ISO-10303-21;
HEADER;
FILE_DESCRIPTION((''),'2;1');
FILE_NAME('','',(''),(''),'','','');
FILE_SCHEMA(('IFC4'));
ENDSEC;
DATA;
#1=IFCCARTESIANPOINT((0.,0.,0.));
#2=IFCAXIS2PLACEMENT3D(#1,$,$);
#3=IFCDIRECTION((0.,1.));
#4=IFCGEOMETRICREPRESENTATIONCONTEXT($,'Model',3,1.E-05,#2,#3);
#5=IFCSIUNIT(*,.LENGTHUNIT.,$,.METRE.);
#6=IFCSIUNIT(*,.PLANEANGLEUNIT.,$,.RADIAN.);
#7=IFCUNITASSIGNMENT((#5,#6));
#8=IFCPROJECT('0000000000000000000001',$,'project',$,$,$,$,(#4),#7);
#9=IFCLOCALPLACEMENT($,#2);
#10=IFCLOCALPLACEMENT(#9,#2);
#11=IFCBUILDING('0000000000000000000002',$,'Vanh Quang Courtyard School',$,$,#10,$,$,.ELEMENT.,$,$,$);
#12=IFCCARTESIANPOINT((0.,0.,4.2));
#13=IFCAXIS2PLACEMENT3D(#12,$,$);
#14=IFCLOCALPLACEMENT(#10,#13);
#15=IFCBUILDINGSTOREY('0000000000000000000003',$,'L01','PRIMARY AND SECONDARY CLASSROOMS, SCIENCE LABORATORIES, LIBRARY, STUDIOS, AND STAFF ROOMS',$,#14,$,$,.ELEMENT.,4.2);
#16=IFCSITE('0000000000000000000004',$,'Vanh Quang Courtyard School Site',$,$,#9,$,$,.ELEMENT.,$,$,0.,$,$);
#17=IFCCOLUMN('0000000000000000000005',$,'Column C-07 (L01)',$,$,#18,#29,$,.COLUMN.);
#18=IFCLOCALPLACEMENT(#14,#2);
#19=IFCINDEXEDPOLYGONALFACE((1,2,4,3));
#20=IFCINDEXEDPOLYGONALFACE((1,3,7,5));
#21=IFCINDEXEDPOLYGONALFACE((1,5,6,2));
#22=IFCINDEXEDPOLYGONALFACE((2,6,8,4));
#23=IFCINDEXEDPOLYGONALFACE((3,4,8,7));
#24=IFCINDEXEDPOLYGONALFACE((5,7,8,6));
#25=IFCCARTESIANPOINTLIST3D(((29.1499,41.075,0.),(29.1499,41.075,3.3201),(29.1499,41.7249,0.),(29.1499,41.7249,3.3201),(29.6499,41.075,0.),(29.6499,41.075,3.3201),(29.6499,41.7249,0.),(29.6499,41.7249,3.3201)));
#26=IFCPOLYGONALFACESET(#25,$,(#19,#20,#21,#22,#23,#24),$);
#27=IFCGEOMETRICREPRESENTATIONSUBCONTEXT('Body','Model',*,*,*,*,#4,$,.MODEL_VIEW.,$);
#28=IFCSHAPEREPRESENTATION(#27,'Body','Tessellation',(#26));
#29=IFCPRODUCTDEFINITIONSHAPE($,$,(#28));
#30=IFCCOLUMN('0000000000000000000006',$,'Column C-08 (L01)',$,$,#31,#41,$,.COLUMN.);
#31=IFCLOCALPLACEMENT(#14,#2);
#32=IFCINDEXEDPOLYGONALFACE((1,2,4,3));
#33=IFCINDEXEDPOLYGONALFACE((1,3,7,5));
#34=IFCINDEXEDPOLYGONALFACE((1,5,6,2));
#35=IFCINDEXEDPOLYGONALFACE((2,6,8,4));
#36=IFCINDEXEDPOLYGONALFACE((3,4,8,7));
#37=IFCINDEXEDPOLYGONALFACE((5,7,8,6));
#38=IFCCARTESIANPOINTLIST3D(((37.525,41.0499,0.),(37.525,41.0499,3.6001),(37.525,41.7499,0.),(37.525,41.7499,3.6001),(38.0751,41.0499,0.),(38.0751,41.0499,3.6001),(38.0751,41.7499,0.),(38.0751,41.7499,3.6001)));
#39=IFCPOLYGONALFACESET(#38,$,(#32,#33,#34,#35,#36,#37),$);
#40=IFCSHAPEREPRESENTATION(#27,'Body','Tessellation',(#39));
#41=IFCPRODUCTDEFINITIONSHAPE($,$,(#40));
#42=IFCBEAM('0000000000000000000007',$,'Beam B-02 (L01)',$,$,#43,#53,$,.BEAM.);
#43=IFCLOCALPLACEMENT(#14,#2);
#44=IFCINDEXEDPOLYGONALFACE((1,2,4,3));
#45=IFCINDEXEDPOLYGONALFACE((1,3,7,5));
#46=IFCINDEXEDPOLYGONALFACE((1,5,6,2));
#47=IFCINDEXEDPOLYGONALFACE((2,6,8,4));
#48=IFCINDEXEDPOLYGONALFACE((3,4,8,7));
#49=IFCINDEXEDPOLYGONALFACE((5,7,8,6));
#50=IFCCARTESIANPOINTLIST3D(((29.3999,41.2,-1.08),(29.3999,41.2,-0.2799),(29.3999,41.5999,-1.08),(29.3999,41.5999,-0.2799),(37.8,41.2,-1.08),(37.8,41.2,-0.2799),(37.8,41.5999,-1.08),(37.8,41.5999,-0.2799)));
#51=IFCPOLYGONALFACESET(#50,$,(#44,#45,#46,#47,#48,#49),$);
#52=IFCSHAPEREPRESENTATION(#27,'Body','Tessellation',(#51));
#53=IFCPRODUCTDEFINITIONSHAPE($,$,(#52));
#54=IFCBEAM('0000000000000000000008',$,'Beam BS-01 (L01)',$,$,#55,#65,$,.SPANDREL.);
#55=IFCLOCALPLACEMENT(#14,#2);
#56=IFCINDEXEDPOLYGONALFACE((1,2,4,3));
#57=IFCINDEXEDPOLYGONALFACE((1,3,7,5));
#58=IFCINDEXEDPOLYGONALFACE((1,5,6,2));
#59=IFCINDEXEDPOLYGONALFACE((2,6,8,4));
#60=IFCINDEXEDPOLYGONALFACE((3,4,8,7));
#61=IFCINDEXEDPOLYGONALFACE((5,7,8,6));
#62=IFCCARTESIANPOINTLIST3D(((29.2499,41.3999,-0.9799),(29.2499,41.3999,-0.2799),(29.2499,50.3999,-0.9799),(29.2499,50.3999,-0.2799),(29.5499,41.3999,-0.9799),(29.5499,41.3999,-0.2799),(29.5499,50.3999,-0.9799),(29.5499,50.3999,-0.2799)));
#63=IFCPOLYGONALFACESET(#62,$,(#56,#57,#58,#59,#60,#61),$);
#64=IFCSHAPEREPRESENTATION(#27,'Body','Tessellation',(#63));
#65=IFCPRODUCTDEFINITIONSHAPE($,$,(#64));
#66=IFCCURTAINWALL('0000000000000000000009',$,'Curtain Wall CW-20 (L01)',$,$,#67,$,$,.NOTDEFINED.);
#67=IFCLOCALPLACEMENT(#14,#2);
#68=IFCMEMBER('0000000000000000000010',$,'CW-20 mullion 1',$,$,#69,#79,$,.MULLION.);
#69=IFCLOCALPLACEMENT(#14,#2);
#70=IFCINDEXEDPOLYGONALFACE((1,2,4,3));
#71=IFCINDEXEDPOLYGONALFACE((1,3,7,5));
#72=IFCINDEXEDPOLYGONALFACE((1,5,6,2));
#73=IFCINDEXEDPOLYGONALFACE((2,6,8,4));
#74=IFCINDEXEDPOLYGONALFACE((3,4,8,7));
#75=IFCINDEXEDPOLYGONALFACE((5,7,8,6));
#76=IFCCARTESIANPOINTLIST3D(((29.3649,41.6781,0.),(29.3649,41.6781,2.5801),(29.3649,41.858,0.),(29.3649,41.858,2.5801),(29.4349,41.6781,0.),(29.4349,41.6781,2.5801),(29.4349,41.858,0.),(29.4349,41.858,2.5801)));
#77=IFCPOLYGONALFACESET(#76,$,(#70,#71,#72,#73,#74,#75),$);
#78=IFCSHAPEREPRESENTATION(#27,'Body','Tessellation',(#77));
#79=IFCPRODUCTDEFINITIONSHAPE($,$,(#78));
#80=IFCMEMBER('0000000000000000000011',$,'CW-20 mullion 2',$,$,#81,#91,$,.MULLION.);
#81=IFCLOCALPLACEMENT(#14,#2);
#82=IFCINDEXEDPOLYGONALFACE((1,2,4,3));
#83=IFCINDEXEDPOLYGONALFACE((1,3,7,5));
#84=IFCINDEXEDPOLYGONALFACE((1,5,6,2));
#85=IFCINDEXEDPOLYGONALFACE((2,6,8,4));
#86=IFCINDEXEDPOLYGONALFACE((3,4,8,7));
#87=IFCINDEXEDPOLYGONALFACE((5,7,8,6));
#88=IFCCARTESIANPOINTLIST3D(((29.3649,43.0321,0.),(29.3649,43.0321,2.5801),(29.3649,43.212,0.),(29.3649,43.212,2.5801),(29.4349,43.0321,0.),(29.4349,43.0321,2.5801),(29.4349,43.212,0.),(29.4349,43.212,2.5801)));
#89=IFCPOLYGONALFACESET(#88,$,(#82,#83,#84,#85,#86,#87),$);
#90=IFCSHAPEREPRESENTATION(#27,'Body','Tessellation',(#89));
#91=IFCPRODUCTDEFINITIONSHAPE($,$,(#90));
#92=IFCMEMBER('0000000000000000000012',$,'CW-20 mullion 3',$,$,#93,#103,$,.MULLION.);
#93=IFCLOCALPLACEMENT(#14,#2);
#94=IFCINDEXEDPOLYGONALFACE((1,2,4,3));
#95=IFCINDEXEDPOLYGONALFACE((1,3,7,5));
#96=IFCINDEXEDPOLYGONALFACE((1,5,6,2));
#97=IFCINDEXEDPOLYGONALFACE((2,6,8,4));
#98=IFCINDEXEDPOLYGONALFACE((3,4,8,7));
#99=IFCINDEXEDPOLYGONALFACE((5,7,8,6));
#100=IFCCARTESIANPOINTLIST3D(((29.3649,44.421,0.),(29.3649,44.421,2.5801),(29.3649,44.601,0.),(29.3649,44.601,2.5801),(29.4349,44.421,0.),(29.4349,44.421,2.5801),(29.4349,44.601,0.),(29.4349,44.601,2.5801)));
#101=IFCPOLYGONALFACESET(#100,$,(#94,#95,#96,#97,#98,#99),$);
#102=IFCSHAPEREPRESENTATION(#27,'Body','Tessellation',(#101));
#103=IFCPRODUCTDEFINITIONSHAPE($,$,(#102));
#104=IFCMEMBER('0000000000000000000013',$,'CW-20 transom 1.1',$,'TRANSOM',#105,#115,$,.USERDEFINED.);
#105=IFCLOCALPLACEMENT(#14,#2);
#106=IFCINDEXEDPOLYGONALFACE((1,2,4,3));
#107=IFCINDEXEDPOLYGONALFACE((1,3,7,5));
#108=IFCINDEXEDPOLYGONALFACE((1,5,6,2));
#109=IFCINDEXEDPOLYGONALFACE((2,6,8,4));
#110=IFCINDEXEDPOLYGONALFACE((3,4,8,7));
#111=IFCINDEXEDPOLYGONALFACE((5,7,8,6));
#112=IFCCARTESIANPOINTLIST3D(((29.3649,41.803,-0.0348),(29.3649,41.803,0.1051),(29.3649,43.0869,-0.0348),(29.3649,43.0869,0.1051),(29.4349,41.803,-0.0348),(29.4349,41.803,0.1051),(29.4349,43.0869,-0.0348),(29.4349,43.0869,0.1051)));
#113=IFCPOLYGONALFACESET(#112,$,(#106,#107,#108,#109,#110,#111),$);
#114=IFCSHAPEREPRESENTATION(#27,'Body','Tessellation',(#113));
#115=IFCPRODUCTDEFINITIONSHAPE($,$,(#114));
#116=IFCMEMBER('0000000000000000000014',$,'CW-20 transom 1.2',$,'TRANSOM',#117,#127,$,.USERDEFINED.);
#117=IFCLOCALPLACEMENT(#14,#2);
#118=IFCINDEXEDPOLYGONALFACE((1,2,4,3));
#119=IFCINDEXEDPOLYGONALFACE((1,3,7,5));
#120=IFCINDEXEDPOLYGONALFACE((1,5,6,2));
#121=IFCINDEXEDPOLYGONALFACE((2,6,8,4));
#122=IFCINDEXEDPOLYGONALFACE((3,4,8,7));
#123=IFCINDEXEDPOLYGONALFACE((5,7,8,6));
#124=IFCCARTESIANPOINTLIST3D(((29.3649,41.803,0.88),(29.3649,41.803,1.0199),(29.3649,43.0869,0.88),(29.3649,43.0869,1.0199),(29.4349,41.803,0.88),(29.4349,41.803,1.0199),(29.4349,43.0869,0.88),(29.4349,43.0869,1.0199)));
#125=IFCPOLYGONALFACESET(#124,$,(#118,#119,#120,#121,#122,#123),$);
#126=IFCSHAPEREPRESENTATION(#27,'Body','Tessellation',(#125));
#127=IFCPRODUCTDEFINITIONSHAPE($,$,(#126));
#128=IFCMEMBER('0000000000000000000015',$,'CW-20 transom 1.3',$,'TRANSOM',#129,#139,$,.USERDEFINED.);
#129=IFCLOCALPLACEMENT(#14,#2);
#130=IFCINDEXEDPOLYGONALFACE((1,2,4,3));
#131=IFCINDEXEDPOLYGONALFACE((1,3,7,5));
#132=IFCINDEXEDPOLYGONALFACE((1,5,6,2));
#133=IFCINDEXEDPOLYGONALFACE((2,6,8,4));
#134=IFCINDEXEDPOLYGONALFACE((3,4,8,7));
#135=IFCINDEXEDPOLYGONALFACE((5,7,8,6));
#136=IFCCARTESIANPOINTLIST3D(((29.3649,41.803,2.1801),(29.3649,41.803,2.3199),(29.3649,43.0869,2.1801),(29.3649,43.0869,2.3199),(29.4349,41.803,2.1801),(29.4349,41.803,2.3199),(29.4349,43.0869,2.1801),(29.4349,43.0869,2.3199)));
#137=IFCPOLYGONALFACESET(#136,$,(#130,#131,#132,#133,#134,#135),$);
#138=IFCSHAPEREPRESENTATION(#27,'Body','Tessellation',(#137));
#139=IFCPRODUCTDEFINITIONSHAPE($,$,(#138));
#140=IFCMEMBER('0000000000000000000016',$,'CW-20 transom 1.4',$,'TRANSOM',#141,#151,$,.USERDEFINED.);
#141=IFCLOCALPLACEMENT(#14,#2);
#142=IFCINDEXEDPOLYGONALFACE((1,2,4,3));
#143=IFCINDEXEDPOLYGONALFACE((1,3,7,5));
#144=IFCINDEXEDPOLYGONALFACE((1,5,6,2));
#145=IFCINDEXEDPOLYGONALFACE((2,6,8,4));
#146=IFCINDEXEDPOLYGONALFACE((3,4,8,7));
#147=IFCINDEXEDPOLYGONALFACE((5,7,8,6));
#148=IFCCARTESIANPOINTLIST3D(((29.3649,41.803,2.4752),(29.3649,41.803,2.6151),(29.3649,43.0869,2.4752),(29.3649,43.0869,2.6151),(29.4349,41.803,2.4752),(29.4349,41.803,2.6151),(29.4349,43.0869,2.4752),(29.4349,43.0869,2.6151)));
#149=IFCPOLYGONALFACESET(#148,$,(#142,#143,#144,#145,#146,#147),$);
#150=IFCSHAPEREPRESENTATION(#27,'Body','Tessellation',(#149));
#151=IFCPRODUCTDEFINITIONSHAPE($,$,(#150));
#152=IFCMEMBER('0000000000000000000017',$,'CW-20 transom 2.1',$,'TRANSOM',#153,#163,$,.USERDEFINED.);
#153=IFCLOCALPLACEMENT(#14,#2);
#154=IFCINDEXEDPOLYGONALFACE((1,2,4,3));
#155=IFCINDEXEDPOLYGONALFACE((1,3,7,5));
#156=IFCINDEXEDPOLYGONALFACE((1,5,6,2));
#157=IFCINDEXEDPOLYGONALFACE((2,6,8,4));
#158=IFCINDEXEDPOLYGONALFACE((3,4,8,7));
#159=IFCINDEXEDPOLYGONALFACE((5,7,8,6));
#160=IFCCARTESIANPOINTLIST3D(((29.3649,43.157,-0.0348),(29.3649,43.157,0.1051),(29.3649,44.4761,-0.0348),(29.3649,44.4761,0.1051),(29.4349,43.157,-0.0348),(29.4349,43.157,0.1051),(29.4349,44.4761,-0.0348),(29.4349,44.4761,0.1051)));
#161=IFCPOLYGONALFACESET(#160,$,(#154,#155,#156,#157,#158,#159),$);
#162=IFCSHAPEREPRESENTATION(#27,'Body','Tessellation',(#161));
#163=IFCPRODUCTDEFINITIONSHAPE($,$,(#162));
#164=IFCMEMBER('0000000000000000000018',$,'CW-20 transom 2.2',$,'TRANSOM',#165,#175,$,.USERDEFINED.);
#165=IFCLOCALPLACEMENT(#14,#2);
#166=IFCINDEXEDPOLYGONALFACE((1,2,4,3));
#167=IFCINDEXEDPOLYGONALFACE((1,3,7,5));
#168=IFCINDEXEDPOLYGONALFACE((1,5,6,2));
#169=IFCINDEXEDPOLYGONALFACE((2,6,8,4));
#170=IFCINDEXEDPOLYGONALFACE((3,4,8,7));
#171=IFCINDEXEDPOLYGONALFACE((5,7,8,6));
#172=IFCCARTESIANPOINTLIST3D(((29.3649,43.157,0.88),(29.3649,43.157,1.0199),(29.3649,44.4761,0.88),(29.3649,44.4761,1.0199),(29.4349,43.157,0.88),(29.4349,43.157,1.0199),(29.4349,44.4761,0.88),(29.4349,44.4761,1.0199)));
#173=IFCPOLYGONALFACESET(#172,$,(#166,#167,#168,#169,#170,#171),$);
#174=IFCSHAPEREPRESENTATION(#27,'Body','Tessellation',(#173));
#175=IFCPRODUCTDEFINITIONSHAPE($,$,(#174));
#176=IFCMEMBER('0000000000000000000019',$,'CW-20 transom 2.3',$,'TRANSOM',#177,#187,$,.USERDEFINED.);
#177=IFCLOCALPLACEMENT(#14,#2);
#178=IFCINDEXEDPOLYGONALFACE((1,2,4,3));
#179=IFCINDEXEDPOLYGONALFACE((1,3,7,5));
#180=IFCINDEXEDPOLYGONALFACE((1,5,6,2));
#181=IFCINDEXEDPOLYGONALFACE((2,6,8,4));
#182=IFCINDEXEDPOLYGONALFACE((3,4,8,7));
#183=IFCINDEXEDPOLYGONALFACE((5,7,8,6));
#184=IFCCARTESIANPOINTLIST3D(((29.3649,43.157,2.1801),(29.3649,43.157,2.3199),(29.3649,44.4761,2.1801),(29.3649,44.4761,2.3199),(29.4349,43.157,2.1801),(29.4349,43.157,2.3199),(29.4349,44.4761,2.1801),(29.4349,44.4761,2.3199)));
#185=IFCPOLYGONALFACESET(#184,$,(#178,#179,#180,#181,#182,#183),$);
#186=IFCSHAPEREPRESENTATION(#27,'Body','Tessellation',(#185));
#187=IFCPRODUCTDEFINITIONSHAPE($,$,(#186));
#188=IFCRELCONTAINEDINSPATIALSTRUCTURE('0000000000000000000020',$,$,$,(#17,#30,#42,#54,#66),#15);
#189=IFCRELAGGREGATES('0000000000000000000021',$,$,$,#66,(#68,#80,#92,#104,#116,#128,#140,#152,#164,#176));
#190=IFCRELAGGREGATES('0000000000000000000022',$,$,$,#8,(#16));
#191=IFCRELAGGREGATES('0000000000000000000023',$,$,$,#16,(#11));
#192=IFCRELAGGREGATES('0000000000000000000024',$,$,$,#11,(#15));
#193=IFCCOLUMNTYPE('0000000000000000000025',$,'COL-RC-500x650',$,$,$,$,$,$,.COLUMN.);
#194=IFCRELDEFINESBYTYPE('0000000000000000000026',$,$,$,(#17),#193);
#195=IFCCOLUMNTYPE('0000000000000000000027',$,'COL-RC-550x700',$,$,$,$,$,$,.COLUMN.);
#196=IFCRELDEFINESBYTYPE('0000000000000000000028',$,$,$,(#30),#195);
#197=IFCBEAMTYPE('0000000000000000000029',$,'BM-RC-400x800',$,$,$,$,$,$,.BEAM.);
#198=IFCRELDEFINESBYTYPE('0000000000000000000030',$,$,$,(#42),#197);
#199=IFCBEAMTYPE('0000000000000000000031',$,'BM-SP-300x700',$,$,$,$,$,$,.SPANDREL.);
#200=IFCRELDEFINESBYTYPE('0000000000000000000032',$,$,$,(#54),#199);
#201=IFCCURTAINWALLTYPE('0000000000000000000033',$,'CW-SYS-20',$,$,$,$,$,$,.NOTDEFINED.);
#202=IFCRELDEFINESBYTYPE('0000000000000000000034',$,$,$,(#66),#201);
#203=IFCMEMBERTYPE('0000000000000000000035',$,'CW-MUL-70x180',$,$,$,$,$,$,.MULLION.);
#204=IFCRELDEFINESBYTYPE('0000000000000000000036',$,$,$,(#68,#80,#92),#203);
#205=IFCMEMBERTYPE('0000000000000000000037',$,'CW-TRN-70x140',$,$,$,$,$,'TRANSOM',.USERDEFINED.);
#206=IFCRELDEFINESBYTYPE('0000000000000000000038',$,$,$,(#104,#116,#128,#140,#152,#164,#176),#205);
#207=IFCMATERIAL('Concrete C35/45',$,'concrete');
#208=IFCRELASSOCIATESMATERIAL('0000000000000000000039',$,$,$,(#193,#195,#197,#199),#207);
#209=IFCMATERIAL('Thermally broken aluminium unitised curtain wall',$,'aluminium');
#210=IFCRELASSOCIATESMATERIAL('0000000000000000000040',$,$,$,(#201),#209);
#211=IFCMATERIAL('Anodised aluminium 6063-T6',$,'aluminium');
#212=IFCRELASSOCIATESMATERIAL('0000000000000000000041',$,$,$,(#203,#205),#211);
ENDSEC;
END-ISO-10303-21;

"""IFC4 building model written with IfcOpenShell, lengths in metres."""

from ifc_helpers import new_model, si_unit, direction, frame, origin, origin_2d, place, context, subcontext, project, spatial, rectangle, extrude, material, material_profile, profile_set, type_object, element, aggregate, save


model = new_model("IFC4")

# Units and contexts
model_context = context("Model", 3, precision=1e-05, world=origin(), true_north=direction((0.0, 1.0)))
body_context = subcontext(model_context, "Body", "Model", "MODEL_VIEW")
ifc_project = project(units=[si_unit("LENGTHUNIT", "METRE"), si_unit("PLANEANGLEUNIT", "RADIAN")], contexts=[model_context])

# Site, building, storey
site_placement = place(None, origin())
site = spatial("IfcSite", under=ifc_project, at=site_placement, Name="Vanh Quang Courtyard School Site", CompositionType="ELEMENT", RefElevation=0.0)
building_placement = place(site_placement, origin())
building = spatial("IfcBuilding", under=site, at=building_placement, Name="Vanh Quang Courtyard School", CompositionType="ELEMENT")
storey_placement = place(building_placement, frame((0.0, 0.0, 4.2)))
storey = spatial("IfcBuildingStorey", under=building, at=storey_placement, Name="L01", Description="PRIMARY AND SECONDARY CLASSROOMS, SCIENCE LABORATORIES, LIBRARY, STUDIOS, AND STAFF ROOMS", CompositionType="ELEMENT", Elevation=4.2)

# Columns
ifc_material_1 = material(Name="Concrete C35/45", Category="concrete")
ifc_material_profile_1 = material_profile(ifc_material_1, rectangle(XDim=0.5, YDim=0.6499, at=origin_2d()), Name="RC-COL 500x650")
ifc_profile_set_1 = profile_set([ifc_material_profile_1], Name="Concrete C35/45")
column_type_1 = type_object("IfcColumnType", Name="COL-RC-500x650", PredefinedType="COLUMN", material=ifc_profile_set_1)
column_1_placement = place(storey_placement, frame((29.3999, 41.3999, 0.0), z_axis=(0.0, 0.0, 1.0), x_axis=(1.0, 0.0, 0.0)))
element("IfcColumn", 1, at=column_1_placement, inside=storey, type_object=column_type_1, Name="Column C-07 (L01)", PredefinedType="COLUMN", context=body_context, shape_type="SweptSolid", body=[
    extrude(rectangle(XDim=0.5, YDim=0.6499, at=origin_2d()), origin(), (0.0, 0.0, 1.0), 3.3201),
])
ifc_material_profile_2 = material_profile(ifc_material_1, rectangle(XDim=0.55, YDim=0.7, at=origin_2d()), Name="RC-COL 550x700")
ifc_profile_set_2 = profile_set([ifc_material_profile_2], Name="Concrete C35/45")
column_type_2 = type_object("IfcColumnType", Name="COL-RC-550x700", PredefinedType="COLUMN", material=ifc_profile_set_2)
column_2_placement = place(storey_placement, frame((37.8, 41.3999, 0.0), z_axis=(0.0, 0.0, 1.0), x_axis=(1.0, 0.0, 0.0)))
element("IfcColumn", 2, at=column_2_placement, inside=storey, type_object=column_type_2, Name="Column C-08 (L01)", PredefinedType="COLUMN", context=body_context, shape_type="SweptSolid", body=[
    extrude(rectangle(XDim=0.55, YDim=0.7, at=origin_2d()), origin(), (0.0, 0.0, 1.0), 3.6001),
])

# Beams
ifc_material_profile_3 = material_profile(ifc_material_1, rectangle(XDim=0.3999, YDim=0.8, at=origin_2d()), Name="RC-BM 400x800")
ifc_profile_set_3 = profile_set([ifc_material_profile_3], Name="Concrete C35/45")
beam_type_1 = type_object("IfcBeamType", Name="BM-RC-400x800", PredefinedType="BEAM", material=ifc_profile_set_3)
beam_1_placement = place(storey_placement, frame((29.3999, 41.3999, -0.6799), z_axis=(1.0, 0.0, 0.0), x_axis=(0.0, 1.0, 0.0)))
element("IfcBeam", 3, at=beam_1_placement, inside=storey, type_object=beam_type_1, Name="Beam B-02 (L01)", PredefinedType="BEAM", context=body_context, shape_type="SweptSolid", body=[
    extrude(rectangle(XDim=0.3999, YDim=0.8, at=origin_2d()), origin(), (0.0, 0.0, 1.0), 8.4001),
])
ifc_material_profile_4 = material_profile(ifc_material_1, rectangle(XDim=0.3, YDim=0.7, at=origin_2d()), Name="RC-SP 300x700")
ifc_profile_set_4 = profile_set([ifc_material_profile_4], Name="Concrete C35/45")
beam_type_2 = type_object("IfcBeamType", Name="BM-SP-300x700", PredefinedType="SPANDREL", material=ifc_profile_set_4)
beam_2_placement = place(storey_placement, frame((29.3999, 41.3999, -0.6299), z_axis=(0.0, 1.0, 0.0), x_axis=(-1.0, 0.0, 0.0)))
element("IfcBeam", 4, at=beam_2_placement, inside=storey, type_object=beam_type_2, Name="Beam BS-01 (L01)", PredefinedType="SPANDREL", context=body_context, shape_type="SweptSolid", body=[
    extrude(rectangle(XDim=0.3, YDim=0.7, at=origin_2d()), origin(), (0.0, 0.0, 1.0), 9.0),
])

# Curtain wall, members
ifc_material_2 = material(Name="Thermally broken aluminium unitised curtain wall", Category="aluminium")
curtain_wall_type = type_object("IfcCurtainWallType", Name="CW-SYS-20", PredefinedType="NOTDEFINED", material=ifc_material_2)
curtain_wall_placement = place(storey_placement, origin())
curtain_wall = element("IfcCurtainWall", 5, at=curtain_wall_placement, inside=storey, type_object=curtain_wall_type, Name="Curtain Wall CW-20 (L01)", PredefinedType="NOTDEFINED")
ifc_material_3 = material(Name="Anodised aluminium 6063-T6", Category="aluminium")
ifc_material_profile_5 = material_profile(ifc_material_3, rectangle(XDim=0.0701, YDim=0.1799, at=origin_2d()), Name="ALU-MUL 70x180")
ifc_profile_set_5 = profile_set([ifc_material_profile_5], Name="Anodised aluminium 6063-T6")
member_type_1 = type_object("IfcMemberType", Name="CW-MUL-70x180", PredefinedType="MULLION", material=ifc_profile_set_5)
member_1_placement = place(storey_placement, frame((29.3999, 41.7681, 0.0), z_axis=(0.0, 0.0, 1.0), x_axis=(-1.0, 0.0, 0.0)))
member_1 = element("IfcMember", 6, at=member_1_placement, type_object=member_type_1, Name="CW-20 mullion 1", PredefinedType="MULLION", context=body_context, shape_type="SweptSolid", body=[
    extrude(rectangle(XDim=0.0701, YDim=0.1799, at=origin_2d()), origin(), (0.0, 0.0, 1.0), 2.5801),
])
member_2_placement = place(storey_placement, frame((29.3999, 43.1221, 0.0), z_axis=(0.0, 0.0, 1.0), x_axis=(-1.0, 0.0, 0.0)))
member_2 = element("IfcMember", 7, at=member_2_placement, type_object=member_type_1, Name="CW-20 mullion 2", PredefinedType="MULLION", context=body_context, shape_type="SweptSolid", body=[
    extrude(rectangle(XDim=0.0701, YDim=0.1799, at=origin_2d()), origin(), (0.0, 0.0, 1.0), 2.5801),
])
member_3_placement = place(storey_placement, frame((29.3999, 44.511, 0.0), z_axis=(0.0, 0.0, 1.0), x_axis=(-1.0, 0.0, 0.0)))
member_3 = element("IfcMember", 8, at=member_3_placement, type_object=member_type_1, Name="CW-20 mullion 3", PredefinedType="MULLION", context=body_context, shape_type="SweptSolid", body=[
    extrude(rectangle(XDim=0.0701, YDim=0.1799, at=origin_2d()), origin(), (0.0, 0.0, 1.0), 2.5801),
])
ifc_material_profile_6 = material_profile(ifc_material_3, rectangle(XDim=0.0701, YDim=0.1399, at=origin_2d()), Name="ALU-TRN 70x140")
ifc_profile_set_6 = profile_set([ifc_material_profile_6], Name="Anodised aluminium 6063-T6")
member_type_2 = type_object("IfcMemberType", Name="CW-TRN-70x140", ElementType="TRANSOM", PredefinedType="USERDEFINED", material=ifc_profile_set_6)
member_4_placement = place(storey_placement, frame((29.3999, 41.803, 0.0352), z_axis=(0.0, 1.0, 0.0), x_axis=(-1.0, 0.0, 0.0)))
member_4 = element("IfcMember", 9, at=member_4_placement, type_object=member_type_2, Name="CW-20 transom 1.1", ObjectType="TRANSOM", PredefinedType="USERDEFINED", context=body_context, shape_type="SweptSolid", body=[
    extrude(rectangle(XDim=0.0701, YDim=0.1399, at=origin_2d()), origin(), (0.0, 0.0, 1.0), 1.2839),
])
member_5_placement = place(storey_placement, frame((29.3999, 41.803, 0.95), z_axis=(0.0, 1.0, 0.0), x_axis=(-1.0, 0.0, 0.0)))
member_5 = element("IfcMember", 10, at=member_5_placement, type_object=member_type_2, Name="CW-20 transom 1.2", ObjectType="TRANSOM", PredefinedType="USERDEFINED", context=body_context, shape_type="SweptSolid", body=[
    extrude(rectangle(XDim=0.0701, YDim=0.1399, at=origin_2d()), origin(), (0.0, 0.0, 1.0), 1.2839),
])
member_6_placement = place(storey_placement, frame((29.3999, 41.803, 2.25), z_axis=(0.0, 1.0, 0.0), x_axis=(-1.0, 0.0, 0.0)))
member_6 = element("IfcMember", 11, at=member_6_placement, type_object=member_type_2, Name="CW-20 transom 1.3", ObjectType="TRANSOM", PredefinedType="USERDEFINED", context=body_context, shape_type="SweptSolid", body=[
    extrude(rectangle(XDim=0.0701, YDim=0.1399, at=origin_2d()), origin(), (0.0, 0.0, 1.0), 1.2839),
])
member_7_placement = place(storey_placement, frame((29.3999, 41.803, 2.5452), z_axis=(0.0, 1.0, 0.0), x_axis=(-1.0, 0.0, 0.0)))
member_7 = element("IfcMember", 12, at=member_7_placement, type_object=member_type_2, Name="CW-20 transom 1.4", ObjectType="TRANSOM", PredefinedType="USERDEFINED", context=body_context, shape_type="SweptSolid", body=[
    extrude(rectangle(XDim=0.0701, YDim=0.1399, at=origin_2d()), origin(), (0.0, 0.0, 1.0), 1.2839),
])
member_8_placement = place(storey_placement, frame((29.3999, 43.157, 0.0352), z_axis=(0.0, 1.0, 0.0), x_axis=(-1.0, 0.0, 0.0)))
member_8 = element("IfcMember", 13, at=member_8_placement, type_object=member_type_2, Name="CW-20 transom 2.1", ObjectType="TRANSOM", PredefinedType="USERDEFINED", context=body_context, shape_type="SweptSolid", body=[
    extrude(rectangle(XDim=0.0701, YDim=0.1399, at=origin_2d()), origin(), (0.0, 0.0, 1.0), 1.3191),
])
member_9_placement = place(storey_placement, frame((29.3999, 43.157, 0.95), z_axis=(0.0, 1.0, 0.0), x_axis=(-1.0, 0.0, 0.0)))
member_9 = element("IfcMember", 14, at=member_9_placement, type_object=member_type_2, Name="CW-20 transom 2.2", ObjectType="TRANSOM", PredefinedType="USERDEFINED", context=body_context, shape_type="SweptSolid", body=[
    extrude(rectangle(XDim=0.0701, YDim=0.1399, at=origin_2d()), origin(), (0.0, 0.0, 1.0), 1.3191),
])
member_10_placement = place(storey_placement, frame((29.3999, 43.157, 2.25), z_axis=(0.0, 1.0, 0.0), x_axis=(-1.0, 0.0, 0.0)))
member_10 = element("IfcMember", 15, at=member_10_placement, type_object=member_type_2, Name="CW-20 transom 2.3", ObjectType="TRANSOM", PredefinedType="USERDEFINED", context=body_context, shape_type="SweptSolid", body=[
    extrude(rectangle(XDim=0.0701, YDim=0.1399, at=origin_2d()), origin(), (0.0, 0.0, 1.0), 1.3191),
])

aggregate(curtain_wall, [member_1, member_2, member_3, member_4, member_5, member_6, member_7, member_8, member_9, member_10])

save(model, "model.ifc")
